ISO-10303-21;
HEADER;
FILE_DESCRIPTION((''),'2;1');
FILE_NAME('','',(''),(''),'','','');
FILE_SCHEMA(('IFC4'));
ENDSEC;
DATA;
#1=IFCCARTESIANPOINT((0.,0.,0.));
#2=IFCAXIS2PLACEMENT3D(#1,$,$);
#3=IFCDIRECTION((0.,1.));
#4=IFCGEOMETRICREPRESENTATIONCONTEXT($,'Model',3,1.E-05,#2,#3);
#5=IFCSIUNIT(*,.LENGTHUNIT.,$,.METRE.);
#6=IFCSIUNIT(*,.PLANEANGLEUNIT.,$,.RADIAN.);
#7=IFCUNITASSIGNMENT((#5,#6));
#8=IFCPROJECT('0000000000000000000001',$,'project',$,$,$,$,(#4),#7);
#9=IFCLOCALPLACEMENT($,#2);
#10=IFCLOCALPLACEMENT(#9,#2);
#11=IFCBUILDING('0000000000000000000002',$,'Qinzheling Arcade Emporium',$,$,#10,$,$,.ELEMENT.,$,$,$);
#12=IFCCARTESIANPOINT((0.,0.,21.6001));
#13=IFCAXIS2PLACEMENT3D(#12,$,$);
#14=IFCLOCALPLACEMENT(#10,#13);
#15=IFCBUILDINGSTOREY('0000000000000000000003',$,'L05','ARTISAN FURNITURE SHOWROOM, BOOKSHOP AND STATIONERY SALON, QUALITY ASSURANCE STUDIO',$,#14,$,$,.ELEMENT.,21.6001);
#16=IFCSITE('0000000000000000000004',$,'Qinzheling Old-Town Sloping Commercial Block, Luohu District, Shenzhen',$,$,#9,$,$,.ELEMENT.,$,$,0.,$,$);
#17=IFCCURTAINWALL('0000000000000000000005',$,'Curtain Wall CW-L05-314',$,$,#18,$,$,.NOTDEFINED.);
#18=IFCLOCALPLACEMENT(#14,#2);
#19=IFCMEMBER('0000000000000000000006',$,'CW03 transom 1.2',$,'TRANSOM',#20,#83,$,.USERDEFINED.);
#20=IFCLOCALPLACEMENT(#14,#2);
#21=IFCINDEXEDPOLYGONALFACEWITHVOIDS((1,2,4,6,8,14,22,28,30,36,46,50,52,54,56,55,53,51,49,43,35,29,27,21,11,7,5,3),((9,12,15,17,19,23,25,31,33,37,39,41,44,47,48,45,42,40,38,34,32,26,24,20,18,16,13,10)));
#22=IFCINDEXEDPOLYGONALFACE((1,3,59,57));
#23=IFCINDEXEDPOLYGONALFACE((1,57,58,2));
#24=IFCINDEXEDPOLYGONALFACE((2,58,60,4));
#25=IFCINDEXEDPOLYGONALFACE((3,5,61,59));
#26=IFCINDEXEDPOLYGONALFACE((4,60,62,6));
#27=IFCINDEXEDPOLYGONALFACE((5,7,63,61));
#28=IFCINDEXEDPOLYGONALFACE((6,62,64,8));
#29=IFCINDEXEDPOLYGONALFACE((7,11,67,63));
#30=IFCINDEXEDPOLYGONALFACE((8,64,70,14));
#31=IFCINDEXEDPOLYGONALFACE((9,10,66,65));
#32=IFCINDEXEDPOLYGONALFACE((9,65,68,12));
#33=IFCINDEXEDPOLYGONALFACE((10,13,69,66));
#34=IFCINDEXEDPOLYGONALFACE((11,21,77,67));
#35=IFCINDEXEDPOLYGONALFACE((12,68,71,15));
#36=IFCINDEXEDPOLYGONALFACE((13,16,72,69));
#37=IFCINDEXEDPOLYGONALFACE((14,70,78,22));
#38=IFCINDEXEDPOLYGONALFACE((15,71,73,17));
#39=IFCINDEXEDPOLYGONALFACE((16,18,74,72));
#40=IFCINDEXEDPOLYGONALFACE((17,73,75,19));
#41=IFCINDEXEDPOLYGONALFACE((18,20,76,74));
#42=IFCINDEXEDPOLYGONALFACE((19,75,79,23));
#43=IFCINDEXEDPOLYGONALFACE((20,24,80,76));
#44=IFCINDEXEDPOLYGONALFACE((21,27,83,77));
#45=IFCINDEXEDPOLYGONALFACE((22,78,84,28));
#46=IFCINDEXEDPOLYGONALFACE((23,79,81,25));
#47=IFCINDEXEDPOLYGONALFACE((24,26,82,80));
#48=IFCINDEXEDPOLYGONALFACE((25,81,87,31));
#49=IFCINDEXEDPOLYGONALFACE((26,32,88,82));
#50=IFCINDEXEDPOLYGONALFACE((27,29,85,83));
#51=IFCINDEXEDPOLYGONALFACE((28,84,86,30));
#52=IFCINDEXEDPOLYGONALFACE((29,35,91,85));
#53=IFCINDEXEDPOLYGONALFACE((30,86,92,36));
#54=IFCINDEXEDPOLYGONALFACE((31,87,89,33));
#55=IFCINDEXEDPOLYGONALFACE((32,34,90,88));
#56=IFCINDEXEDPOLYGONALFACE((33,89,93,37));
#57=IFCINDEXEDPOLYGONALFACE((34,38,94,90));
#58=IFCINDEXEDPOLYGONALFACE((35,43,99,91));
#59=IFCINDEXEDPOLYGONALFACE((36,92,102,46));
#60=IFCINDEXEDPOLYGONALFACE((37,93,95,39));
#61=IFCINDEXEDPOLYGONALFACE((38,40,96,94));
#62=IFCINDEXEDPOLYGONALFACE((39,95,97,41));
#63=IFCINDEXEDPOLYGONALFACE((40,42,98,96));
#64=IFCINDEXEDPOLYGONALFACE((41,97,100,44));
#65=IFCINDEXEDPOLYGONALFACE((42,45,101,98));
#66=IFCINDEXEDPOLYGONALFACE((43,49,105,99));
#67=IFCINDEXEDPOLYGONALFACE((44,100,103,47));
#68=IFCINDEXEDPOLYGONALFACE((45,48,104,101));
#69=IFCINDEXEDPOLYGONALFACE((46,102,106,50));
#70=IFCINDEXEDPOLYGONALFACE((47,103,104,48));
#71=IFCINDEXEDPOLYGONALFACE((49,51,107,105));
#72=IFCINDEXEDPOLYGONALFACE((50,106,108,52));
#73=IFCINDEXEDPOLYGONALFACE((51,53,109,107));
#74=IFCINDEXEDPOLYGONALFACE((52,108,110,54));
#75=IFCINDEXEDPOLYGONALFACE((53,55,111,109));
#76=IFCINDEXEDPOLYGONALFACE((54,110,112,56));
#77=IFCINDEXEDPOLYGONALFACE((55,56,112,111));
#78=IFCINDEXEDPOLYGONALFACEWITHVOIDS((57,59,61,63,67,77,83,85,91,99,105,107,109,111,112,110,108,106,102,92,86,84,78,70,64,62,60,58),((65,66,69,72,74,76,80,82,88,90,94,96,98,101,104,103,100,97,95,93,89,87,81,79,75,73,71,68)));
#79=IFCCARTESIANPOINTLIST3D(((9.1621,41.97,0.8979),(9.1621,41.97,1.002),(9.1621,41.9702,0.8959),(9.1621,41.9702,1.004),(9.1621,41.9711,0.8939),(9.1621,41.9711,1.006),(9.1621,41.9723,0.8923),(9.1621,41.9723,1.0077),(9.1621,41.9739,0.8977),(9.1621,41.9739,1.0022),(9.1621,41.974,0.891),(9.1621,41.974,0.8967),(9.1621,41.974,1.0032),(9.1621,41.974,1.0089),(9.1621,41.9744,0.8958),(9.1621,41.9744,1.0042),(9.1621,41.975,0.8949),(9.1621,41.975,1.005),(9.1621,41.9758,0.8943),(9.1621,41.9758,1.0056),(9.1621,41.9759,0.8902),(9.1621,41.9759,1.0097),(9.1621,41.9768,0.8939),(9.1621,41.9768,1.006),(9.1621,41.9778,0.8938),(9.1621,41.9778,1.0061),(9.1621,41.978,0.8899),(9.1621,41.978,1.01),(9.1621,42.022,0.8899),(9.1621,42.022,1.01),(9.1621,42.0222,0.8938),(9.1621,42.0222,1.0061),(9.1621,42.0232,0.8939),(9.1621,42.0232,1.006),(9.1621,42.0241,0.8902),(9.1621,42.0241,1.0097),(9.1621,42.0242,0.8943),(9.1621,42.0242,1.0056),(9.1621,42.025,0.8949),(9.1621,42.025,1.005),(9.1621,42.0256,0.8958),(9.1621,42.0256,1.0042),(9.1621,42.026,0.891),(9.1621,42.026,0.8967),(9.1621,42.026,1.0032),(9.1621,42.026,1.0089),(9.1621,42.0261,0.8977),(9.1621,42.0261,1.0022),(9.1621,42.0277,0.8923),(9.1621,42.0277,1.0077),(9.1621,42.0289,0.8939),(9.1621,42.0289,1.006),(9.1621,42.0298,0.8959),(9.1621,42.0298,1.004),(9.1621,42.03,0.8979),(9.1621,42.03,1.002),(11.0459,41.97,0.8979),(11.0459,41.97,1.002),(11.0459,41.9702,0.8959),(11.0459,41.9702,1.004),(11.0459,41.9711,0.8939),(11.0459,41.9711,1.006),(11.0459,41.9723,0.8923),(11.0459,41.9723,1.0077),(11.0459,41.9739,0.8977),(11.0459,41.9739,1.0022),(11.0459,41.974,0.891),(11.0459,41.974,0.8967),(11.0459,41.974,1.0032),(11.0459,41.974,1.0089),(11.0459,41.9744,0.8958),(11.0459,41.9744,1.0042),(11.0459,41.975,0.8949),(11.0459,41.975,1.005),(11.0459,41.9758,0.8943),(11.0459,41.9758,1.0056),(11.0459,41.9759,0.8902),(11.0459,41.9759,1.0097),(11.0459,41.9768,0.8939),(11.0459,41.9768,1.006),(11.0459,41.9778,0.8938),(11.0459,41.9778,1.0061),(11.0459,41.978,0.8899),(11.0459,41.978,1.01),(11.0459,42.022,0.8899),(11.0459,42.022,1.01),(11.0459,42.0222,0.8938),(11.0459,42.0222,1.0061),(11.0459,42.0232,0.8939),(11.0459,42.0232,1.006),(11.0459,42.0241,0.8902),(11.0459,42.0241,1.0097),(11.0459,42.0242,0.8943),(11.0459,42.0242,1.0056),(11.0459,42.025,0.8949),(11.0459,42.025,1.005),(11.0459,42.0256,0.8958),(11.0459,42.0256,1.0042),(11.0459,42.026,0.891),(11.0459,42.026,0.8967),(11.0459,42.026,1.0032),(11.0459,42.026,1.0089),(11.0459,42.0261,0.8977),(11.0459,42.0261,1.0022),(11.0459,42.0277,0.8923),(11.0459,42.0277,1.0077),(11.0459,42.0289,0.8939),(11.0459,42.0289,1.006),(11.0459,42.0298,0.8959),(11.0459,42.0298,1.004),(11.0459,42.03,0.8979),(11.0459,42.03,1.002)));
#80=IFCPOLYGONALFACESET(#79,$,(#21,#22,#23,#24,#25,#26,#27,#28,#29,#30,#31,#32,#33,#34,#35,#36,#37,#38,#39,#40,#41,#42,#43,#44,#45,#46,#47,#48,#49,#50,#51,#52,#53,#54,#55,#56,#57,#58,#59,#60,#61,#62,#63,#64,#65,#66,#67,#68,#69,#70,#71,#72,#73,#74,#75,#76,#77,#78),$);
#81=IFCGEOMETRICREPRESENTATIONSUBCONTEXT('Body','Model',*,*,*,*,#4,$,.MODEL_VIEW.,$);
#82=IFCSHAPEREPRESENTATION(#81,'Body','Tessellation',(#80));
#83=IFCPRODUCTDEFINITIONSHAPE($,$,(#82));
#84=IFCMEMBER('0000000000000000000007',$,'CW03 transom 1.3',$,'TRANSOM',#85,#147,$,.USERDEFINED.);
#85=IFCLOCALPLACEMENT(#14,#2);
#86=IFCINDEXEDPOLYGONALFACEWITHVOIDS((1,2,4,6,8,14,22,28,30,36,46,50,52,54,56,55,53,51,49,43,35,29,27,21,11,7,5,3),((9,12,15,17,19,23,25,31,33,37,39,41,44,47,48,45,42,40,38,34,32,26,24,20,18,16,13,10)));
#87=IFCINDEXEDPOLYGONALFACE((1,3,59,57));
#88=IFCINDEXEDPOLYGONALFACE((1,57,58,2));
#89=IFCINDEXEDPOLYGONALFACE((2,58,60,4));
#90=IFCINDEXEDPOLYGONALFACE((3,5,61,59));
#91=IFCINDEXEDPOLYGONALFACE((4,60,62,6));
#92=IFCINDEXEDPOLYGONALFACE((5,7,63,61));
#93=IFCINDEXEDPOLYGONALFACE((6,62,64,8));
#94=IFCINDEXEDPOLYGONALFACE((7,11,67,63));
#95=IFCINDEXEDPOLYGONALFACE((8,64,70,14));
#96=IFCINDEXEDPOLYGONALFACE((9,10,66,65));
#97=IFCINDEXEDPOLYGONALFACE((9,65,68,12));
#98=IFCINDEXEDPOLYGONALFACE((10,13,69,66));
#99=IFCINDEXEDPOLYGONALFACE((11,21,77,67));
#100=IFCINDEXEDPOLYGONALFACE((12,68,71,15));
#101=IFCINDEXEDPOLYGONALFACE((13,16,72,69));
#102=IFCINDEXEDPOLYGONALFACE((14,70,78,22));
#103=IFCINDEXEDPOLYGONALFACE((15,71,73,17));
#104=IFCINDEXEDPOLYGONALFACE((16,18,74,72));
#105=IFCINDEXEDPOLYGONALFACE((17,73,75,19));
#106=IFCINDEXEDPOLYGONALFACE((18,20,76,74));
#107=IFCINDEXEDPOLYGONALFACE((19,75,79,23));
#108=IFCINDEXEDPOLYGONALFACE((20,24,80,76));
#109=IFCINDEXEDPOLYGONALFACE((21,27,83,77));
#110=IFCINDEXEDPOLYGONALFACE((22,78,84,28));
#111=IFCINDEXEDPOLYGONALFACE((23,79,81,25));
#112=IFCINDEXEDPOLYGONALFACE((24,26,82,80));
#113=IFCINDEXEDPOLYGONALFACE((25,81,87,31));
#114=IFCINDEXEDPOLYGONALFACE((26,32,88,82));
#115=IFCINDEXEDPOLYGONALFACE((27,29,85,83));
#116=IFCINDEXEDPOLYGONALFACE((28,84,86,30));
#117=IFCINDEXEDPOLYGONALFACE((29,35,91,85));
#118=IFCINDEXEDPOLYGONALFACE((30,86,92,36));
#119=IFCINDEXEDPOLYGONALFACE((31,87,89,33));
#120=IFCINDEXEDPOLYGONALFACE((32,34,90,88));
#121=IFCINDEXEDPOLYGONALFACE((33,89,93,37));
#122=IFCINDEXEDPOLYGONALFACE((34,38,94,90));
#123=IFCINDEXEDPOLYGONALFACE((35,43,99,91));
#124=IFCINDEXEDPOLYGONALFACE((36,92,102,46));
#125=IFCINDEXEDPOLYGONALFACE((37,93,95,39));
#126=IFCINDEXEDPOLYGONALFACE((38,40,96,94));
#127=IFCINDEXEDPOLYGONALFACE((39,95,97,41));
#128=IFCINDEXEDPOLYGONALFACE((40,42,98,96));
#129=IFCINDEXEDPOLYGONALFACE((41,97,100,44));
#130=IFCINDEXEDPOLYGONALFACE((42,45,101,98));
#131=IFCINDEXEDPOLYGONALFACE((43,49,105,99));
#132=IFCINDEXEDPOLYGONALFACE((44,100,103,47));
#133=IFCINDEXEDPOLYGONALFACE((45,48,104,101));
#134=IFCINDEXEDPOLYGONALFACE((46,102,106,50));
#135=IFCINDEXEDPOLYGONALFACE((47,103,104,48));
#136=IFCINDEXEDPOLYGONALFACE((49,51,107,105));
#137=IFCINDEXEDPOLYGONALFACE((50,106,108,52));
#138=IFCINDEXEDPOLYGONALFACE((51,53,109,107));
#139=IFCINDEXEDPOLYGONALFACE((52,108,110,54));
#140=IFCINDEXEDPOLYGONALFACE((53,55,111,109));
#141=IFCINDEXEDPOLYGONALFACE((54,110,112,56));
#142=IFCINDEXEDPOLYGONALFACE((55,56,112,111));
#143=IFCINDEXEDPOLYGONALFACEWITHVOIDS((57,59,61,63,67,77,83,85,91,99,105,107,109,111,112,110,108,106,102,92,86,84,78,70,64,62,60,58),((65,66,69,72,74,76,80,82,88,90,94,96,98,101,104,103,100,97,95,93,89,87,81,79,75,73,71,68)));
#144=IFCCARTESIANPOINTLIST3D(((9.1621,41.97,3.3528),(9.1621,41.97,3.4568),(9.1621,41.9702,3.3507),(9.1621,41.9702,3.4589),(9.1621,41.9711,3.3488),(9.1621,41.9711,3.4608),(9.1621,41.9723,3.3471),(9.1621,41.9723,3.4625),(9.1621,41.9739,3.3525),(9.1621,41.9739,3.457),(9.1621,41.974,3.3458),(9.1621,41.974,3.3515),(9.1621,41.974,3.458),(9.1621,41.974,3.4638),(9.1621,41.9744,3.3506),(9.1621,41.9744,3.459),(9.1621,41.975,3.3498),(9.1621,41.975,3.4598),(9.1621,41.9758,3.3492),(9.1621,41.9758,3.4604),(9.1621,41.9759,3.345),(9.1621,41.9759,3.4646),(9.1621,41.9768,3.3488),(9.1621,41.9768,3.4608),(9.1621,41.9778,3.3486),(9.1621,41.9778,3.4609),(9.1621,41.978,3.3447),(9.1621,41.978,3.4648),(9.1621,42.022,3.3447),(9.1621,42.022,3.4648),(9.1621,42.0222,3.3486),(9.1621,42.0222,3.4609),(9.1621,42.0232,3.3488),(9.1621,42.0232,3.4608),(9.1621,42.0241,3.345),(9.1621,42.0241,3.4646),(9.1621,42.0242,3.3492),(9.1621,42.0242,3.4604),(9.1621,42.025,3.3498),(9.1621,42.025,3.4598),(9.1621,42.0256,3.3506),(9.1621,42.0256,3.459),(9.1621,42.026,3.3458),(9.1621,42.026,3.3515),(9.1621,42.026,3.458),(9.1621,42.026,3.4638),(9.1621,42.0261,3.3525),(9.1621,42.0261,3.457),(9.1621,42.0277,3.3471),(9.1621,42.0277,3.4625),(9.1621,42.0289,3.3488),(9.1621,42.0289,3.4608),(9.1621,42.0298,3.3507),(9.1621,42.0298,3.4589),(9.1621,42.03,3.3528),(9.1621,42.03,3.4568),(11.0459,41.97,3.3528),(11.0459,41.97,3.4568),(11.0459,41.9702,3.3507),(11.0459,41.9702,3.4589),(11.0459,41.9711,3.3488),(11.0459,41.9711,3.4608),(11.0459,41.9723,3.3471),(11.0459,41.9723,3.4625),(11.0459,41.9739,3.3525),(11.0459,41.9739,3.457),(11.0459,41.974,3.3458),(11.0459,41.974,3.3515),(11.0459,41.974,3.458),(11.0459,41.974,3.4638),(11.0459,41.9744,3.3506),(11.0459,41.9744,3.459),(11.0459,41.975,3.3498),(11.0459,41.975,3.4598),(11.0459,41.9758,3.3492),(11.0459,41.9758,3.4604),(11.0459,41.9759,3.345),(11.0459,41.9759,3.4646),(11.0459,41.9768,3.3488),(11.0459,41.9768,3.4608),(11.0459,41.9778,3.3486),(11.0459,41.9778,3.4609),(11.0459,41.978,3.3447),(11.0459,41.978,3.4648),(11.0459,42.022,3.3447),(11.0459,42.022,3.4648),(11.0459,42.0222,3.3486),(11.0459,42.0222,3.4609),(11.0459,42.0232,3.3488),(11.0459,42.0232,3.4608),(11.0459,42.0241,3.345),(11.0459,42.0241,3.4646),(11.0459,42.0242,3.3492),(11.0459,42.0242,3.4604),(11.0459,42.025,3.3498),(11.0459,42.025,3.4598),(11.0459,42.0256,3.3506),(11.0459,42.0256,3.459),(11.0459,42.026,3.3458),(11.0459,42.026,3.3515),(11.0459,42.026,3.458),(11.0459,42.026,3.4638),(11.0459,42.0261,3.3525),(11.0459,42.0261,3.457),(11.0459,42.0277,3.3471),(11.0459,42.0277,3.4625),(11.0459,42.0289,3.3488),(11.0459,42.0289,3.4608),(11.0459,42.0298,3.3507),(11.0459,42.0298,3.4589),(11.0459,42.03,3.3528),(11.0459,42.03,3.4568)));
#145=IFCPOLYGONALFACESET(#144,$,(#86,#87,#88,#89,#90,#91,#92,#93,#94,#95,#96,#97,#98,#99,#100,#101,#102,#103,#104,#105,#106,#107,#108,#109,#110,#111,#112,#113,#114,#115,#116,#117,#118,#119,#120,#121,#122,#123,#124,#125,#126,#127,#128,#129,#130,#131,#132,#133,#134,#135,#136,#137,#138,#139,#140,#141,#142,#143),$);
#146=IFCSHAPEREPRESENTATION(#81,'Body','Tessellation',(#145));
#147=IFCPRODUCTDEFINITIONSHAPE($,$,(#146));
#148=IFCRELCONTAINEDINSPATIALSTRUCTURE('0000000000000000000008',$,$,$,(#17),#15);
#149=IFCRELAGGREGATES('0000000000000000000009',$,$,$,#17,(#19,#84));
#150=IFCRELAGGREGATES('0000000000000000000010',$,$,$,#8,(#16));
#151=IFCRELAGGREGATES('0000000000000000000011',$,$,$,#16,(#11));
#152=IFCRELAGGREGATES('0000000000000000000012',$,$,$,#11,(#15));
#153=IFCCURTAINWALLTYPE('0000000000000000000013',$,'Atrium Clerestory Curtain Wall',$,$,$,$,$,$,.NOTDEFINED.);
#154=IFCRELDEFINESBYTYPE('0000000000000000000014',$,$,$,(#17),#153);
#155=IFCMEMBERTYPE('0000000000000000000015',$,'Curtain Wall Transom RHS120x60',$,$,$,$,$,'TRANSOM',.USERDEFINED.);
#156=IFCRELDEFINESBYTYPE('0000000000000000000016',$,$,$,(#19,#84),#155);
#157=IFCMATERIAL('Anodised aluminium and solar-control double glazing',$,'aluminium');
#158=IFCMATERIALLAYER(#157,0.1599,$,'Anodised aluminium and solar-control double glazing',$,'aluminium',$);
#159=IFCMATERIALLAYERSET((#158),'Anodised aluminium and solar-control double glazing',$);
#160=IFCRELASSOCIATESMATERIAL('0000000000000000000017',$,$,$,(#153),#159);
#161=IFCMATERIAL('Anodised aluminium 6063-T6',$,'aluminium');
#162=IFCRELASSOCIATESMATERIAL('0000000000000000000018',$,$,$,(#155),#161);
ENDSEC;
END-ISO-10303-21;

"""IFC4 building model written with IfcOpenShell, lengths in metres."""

from ifc_helpers import new_model, si_unit, direction, frame, origin, origin_2d, place, context, subcontext, project, spatial, hollow_rectangle, extrude, material, layer, layer_set, material_profile, profile_set, type_object, element, aggregate, save


model = new_model("IFC4")

# Units and contexts
model_context = context("Model", 3, precision=1e-05, world=origin(), true_north=direction((0.0, 1.0)))
body_context = subcontext(model_context, "Body", "Model", "MODEL_VIEW")
ifc_project = project(units=[si_unit("LENGTHUNIT", "METRE"), si_unit("PLANEANGLEUNIT", "RADIAN")], contexts=[model_context])

# Site, building, storey
site_placement = place(None, origin())
site = spatial("IfcSite", under=ifc_project, at=site_placement, Name="Qinzheling Old-Town Sloping Commercial Block, Luohu District, Shenzhen", CompositionType="ELEMENT", RefElevation=0.0)
building_placement = place(site_placement, origin())
building = spatial("IfcBuilding", under=site, at=building_placement, Name="Qinzheling Arcade Emporium", CompositionType="ELEMENT")
storey_placement = place(building_placement, frame((0.0, 0.0, 21.6001)))
storey = spatial("IfcBuildingStorey", under=building, at=storey_placement, Name="L05", Description="ARTISAN FURNITURE SHOWROOM, BOOKSHOP AND STATIONERY SALON, QUALITY ASSURANCE STUDIO", CompositionType="ELEMENT", Elevation=21.6001)

# Shared definitions
ifc_material_1 = material(Name="Anodised aluminium and solar-control double glazing", Category="aluminium")
ifc_material_2 = material(Name="Anodised aluminium 6063-T6", Category="aluminium")

# Curtain wall
ifc_layer_1 = layer(ifc_material_1, 0.1599, Name="Anodised aluminium and solar-control double glazing", Category="aluminium")
ifc_layer_set_1 = layer_set([ifc_layer_1], Name="Anodised aluminium and solar-control double glazing")
curtain_wall_type_1 = type_object("IfcCurtainWallType", Name="Atrium Clerestory Curtain Wall", PredefinedType="NOTDEFINED", material=ifc_layer_set_1)
curtain_wall_1_placement = place(storey_placement, origin())
curtain_wall_1 = element("IfcCurtainWall", 1, at=curtain_wall_1_placement, inside=storey, type_object=curtain_wall_type_1, Name="Curtain Wall CW-L05-314", PredefinedType="NOTDEFINED")

# Members
ifc_material_profile_1 = material_profile(ifc_material_2, hollow_rectangle(XDim=0.0601, YDim=0.1201, WallThickness=0.0039, InnerFilletRadius=0.0039, OuterFilletRadius=0.0081, at=origin_2d()), Name="RHS 120x60x4", Category="aluminium")
ifc_profile_set_1 = profile_set([ifc_material_profile_1], Name="Anodised aluminium 6063-T6")
member_type_1 = type_object("IfcMemberType", Name="Curtain Wall Transom RHS120x60", ElementType="TRANSOM", PredefinedType="USERDEFINED", material=ifc_profile_set_1)
member_1_placement = place(storey_placement, frame((9.1621, 42.0, 0.95), z_axis=(1.0, 0.0, 0.0), x_axis=(0.0, 1.0, 0.0)))
member_1 = element("IfcMember", 2, at=member_1_placement, type_object=member_type_1, Name="CW03 transom 1.2", ObjectType="TRANSOM", PredefinedType="USERDEFINED", context=body_context, shape_type="SweptSolid", body=[
    extrude(hollow_rectangle(XDim=0.0601, YDim=0.1201, WallThickness=0.0039, InnerFilletRadius=0.0039, OuterFilletRadius=0.0081, at=origin_2d()), origin(), (0.0, 0.0, 1.0), 1.8838),
])
member_2_placement = place(storey_placement, frame((9.1621, 42.0, 3.4048), z_axis=(1.0, 0.0, 0.0), x_axis=(0.0, 1.0, 0.0)))
member_2 = element("IfcMember", 3, at=member_2_placement, type_object=member_type_1, Name="CW03 transom 1.3", ObjectType="TRANSOM", PredefinedType="USERDEFINED", context=body_context, shape_type="SweptSolid", body=[
    extrude(hollow_rectangle(XDim=0.0601, YDim=0.1201, WallThickness=0.0039, InnerFilletRadius=0.0039, OuterFilletRadius=0.0081, at=origin_2d()), origin(), (0.0, 0.0, 1.0), 1.8838),
])

aggregate(curtain_wall_1, [member_1, member_2])

save(model, "model.ifc")
